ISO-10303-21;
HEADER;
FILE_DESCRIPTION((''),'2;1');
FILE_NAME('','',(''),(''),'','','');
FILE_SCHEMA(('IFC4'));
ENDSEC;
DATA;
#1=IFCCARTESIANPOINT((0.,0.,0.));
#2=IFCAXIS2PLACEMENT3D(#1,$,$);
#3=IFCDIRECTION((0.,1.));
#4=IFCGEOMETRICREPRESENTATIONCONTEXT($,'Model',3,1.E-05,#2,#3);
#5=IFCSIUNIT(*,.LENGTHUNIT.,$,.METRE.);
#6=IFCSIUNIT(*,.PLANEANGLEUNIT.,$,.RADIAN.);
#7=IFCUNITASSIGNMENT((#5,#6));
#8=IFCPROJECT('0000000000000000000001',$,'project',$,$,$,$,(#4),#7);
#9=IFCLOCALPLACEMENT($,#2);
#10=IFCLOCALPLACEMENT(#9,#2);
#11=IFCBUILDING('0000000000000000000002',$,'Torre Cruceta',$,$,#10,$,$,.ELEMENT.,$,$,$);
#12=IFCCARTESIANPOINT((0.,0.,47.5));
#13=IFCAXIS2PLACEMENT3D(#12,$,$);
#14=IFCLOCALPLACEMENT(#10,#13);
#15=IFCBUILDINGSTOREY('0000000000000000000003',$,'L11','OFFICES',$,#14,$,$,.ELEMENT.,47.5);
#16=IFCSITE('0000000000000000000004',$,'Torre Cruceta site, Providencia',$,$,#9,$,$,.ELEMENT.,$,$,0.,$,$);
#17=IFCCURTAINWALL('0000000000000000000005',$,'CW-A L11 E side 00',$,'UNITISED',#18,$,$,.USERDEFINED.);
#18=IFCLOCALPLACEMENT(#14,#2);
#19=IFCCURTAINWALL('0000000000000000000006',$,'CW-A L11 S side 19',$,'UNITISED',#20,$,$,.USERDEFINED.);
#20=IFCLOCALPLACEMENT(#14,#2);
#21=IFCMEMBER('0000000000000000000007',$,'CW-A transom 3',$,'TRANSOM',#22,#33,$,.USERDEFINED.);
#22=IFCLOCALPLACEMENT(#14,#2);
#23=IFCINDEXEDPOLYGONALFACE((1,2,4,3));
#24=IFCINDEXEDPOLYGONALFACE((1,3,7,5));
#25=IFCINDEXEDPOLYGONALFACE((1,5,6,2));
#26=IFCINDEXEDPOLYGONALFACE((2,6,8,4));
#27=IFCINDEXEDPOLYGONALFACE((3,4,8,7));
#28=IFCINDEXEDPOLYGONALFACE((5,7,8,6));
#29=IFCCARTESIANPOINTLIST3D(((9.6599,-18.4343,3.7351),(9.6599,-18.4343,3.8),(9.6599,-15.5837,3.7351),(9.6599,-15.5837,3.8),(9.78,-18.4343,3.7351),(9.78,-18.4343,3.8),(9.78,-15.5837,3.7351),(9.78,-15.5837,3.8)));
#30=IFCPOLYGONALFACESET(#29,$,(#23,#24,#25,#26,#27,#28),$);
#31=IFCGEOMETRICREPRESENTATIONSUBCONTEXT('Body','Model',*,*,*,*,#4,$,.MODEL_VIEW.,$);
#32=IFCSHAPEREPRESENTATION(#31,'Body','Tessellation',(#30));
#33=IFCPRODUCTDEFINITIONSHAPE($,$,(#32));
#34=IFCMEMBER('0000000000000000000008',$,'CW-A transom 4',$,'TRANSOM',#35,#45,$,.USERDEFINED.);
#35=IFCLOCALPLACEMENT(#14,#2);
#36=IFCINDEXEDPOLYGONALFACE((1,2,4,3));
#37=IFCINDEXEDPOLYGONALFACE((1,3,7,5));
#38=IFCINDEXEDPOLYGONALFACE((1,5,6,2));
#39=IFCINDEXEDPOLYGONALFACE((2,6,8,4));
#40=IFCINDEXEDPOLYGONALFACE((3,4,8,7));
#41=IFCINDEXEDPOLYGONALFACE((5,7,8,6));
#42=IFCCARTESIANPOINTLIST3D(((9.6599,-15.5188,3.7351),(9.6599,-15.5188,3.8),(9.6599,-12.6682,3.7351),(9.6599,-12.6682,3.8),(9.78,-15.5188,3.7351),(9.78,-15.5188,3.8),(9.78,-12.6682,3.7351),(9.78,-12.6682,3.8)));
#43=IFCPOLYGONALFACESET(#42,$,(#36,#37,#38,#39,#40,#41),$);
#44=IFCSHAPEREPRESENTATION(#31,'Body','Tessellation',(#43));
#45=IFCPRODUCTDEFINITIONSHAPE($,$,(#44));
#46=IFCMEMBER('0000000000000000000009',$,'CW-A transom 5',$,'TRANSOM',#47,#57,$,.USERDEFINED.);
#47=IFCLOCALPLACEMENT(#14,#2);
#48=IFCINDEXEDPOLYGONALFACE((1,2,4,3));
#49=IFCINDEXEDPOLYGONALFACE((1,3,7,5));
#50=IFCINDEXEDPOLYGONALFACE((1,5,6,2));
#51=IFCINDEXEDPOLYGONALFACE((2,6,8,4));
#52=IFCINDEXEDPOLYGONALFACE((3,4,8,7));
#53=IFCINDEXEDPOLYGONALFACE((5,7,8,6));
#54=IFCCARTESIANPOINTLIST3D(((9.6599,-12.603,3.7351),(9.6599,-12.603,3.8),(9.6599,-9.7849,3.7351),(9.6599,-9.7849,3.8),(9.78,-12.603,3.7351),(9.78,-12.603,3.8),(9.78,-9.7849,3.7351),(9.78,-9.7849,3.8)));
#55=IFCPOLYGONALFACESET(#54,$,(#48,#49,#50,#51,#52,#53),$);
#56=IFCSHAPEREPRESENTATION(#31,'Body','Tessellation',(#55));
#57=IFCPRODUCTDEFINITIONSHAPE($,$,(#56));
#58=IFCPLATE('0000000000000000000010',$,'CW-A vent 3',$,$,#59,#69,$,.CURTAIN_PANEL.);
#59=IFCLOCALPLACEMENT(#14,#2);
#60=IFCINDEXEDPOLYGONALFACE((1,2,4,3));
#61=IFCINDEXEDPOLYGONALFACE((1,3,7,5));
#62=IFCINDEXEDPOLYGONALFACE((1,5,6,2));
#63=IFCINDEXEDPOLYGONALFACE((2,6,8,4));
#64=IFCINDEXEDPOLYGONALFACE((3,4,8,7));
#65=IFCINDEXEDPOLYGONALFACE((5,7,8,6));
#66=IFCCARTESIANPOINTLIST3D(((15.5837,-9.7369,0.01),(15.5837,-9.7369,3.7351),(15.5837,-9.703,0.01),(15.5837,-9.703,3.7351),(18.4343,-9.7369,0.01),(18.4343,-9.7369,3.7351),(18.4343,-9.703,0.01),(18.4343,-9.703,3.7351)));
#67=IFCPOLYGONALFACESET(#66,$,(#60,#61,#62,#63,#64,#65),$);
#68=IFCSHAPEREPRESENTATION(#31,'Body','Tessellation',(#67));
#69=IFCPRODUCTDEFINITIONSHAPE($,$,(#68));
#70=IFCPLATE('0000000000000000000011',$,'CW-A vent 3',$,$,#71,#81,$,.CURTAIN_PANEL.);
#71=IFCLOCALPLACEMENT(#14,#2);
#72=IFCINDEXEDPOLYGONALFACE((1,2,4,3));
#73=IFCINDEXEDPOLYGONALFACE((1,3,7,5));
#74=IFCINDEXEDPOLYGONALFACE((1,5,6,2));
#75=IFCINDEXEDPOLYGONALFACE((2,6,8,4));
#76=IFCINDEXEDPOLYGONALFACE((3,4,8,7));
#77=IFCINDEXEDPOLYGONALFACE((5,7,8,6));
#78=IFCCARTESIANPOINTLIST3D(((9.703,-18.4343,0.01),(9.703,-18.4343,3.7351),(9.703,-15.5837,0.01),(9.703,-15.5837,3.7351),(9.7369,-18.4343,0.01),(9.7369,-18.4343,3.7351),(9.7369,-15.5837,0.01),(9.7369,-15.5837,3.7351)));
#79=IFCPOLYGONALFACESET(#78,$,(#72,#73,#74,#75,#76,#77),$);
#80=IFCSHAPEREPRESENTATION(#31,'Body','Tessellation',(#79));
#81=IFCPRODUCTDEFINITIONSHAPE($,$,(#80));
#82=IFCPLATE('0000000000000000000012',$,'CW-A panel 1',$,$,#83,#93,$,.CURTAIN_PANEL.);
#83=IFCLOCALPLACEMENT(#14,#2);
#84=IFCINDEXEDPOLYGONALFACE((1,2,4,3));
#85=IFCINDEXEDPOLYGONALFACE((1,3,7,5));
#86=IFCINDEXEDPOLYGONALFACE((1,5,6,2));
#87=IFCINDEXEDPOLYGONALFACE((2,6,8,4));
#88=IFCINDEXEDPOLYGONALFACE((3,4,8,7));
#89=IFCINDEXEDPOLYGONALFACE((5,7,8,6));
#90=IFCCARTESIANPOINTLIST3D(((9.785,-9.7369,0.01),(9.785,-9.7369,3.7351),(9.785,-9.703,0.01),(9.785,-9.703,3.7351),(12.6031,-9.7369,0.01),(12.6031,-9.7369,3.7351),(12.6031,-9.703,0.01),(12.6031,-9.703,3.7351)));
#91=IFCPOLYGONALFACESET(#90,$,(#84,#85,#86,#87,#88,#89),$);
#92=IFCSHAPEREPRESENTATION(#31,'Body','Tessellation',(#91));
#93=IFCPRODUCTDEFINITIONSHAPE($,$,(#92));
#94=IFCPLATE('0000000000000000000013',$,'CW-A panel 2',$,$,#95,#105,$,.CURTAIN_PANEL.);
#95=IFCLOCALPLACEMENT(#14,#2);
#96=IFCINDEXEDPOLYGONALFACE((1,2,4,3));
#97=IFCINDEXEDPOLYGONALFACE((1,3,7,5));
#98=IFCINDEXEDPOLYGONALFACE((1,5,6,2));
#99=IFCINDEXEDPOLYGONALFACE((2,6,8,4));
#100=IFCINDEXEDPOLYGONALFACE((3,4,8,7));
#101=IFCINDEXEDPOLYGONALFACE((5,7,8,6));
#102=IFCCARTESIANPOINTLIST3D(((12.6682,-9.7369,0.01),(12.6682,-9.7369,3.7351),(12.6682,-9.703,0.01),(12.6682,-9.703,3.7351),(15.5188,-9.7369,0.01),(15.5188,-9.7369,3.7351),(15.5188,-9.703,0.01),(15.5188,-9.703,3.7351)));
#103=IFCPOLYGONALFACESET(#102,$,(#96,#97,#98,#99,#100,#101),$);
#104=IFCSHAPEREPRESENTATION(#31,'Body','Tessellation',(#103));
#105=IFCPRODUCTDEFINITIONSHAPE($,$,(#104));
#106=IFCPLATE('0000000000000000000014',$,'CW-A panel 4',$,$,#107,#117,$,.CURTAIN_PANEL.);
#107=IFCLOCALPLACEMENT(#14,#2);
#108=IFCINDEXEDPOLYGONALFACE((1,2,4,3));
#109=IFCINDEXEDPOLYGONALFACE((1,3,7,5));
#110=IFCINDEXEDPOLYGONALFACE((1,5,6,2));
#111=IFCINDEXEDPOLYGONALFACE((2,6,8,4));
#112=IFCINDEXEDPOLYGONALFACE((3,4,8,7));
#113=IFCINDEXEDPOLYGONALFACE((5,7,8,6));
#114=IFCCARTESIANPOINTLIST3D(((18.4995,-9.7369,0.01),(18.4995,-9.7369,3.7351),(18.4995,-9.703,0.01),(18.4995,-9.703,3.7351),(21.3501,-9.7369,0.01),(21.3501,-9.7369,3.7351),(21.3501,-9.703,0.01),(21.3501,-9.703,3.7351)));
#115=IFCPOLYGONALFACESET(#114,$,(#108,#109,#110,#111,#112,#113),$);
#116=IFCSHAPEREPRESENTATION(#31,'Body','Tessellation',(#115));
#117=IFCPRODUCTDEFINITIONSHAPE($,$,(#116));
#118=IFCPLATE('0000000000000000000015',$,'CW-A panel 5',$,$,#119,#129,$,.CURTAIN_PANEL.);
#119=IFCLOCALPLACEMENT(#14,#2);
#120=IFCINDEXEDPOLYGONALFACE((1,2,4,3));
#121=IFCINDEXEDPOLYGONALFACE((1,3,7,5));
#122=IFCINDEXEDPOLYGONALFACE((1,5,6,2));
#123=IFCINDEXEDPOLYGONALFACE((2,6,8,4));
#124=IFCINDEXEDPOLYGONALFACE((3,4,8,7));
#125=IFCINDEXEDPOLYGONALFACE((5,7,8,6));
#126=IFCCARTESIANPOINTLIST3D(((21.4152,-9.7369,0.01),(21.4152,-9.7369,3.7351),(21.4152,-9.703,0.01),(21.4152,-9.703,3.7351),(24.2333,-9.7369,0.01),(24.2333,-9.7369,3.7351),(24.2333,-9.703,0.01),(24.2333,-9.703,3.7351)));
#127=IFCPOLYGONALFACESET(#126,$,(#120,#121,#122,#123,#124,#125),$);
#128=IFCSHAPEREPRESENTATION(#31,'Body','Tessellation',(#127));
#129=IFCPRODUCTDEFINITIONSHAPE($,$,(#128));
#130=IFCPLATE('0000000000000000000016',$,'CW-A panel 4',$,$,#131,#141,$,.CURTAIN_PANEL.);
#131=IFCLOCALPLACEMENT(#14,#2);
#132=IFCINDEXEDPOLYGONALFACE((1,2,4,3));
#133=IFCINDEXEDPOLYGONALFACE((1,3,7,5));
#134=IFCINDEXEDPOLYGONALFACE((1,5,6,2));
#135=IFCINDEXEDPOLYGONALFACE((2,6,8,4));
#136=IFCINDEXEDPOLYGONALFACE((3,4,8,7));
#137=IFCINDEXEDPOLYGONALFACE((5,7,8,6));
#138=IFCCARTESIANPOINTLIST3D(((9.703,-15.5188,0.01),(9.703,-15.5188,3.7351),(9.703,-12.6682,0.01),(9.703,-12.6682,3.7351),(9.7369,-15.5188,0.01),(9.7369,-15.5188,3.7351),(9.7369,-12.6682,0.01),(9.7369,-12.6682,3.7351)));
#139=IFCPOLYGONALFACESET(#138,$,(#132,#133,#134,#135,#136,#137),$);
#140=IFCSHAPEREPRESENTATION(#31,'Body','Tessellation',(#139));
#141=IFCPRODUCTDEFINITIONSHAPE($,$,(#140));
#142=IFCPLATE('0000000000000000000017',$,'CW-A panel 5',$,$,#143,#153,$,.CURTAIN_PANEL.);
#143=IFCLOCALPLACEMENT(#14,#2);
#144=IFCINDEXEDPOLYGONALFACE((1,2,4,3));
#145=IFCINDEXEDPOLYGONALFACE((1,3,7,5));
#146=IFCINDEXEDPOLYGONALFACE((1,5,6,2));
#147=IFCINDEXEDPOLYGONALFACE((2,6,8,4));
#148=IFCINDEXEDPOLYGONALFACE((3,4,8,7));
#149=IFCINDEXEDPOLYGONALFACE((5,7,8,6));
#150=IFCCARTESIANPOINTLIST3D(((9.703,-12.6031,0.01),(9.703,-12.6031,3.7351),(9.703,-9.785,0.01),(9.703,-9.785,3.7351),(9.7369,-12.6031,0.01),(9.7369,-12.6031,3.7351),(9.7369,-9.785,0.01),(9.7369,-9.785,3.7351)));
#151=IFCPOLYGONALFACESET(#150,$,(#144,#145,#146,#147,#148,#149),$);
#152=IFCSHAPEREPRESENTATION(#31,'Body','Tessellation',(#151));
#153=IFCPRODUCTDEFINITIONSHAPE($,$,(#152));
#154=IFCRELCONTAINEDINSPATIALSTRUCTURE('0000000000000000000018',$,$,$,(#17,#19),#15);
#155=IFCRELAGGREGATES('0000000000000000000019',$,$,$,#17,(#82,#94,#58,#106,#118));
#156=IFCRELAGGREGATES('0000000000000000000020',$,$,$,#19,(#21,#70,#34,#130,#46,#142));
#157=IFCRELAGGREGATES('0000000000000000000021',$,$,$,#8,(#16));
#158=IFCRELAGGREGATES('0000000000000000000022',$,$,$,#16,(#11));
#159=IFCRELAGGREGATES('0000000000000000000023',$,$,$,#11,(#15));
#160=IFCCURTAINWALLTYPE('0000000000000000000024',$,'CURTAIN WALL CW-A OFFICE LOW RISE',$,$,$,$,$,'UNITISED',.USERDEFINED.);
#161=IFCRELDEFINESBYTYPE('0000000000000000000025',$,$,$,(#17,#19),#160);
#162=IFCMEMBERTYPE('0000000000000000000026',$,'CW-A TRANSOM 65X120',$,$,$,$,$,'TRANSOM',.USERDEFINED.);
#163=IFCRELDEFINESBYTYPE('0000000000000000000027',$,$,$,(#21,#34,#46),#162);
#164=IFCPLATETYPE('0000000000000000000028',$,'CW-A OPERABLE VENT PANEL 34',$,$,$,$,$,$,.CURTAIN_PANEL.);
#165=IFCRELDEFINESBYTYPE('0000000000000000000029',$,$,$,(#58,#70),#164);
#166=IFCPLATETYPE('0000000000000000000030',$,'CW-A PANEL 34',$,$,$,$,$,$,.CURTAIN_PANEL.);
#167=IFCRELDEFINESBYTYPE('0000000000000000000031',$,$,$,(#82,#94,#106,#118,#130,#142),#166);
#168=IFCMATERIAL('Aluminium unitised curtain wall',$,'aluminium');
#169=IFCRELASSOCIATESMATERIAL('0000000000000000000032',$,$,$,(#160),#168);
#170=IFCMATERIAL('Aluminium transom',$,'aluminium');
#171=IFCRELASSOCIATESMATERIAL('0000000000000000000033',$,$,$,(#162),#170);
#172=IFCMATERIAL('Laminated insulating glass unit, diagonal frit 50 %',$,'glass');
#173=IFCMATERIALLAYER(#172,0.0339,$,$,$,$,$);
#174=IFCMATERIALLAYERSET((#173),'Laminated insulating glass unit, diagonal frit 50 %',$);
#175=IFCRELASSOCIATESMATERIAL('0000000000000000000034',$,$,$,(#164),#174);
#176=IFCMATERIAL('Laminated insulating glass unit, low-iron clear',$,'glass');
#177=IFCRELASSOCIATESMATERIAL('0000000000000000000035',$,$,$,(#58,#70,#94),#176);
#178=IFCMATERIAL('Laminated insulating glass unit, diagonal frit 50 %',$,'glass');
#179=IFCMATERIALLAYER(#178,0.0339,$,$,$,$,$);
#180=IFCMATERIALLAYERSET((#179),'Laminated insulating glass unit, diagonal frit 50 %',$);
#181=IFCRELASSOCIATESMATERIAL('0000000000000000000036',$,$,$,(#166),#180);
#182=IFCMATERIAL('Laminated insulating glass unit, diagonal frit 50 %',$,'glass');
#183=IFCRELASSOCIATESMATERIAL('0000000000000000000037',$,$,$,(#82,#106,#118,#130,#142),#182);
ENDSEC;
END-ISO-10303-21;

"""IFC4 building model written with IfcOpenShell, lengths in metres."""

from ifc_helpers import new_model, si_unit, direction, frame, origin, origin_2d, place, context, subcontext, project, spatial, rectangle, extrude, material, layer, layer_set, material_profile, profile_set, type_object, element, aggregate, save


model = new_model("IFC4")

# Units and contexts
model_context = context("Model", 3, precision=1e-05, world=origin(), true_north=direction((0.0, 1.0)))
body_context = subcontext(model_context, "Body", "Model", "MODEL_VIEW")
ifc_project = project(units=[si_unit("LENGTHUNIT", "METRE"), si_unit("PLANEANGLEUNIT", "RADIAN")], contexts=[model_context])

# Site, building, storey
site_placement = place(None, origin())
site = spatial("IfcSite", under=ifc_project, at=site_placement, Name="Torre Cruceta site, Providencia", CompositionType="ELEMENT", RefElevation=0.0)
building_placement = place(site_placement, origin())
building = spatial("IfcBuilding", under=site, at=building_placement, Name="Torre Cruceta", CompositionType="ELEMENT")
storey_placement = place(building_placement, frame((0.0, 0.0, 47.5)))
storey = spatial("IfcBuildingStorey", under=building, at=storey_placement, Name="L11", Description="OFFICES", CompositionType="ELEMENT", Elevation=47.5)

# Curtain walls
ifc_material_1 = material(Name="Aluminium unitised curtain wall", Category="aluminium")
curtain_wall_type = type_object("IfcCurtainWallType", Name="CURTAIN WALL CW-A OFFICE LOW RISE", ElementType="UNITISED", PredefinedType="USERDEFINED", material=ifc_material_1)
curtain_wall_1_placement = place(storey_placement, origin())
curtain_wall_1 = element("IfcCurtainWall", 1, at=curtain_wall_1_placement, inside=storey, type_object=curtain_wall_type, Name="CW-A L11 E side 00", ObjectType="UNITISED", PredefinedType="USERDEFINED")
curtain_wall_2_placement = place(storey_placement, origin())
curtain_wall_2 = element("IfcCurtainWall", 2, at=curtain_wall_2_placement, inside=storey, type_object=curtain_wall_type, Name="CW-A L11 S side 19", ObjectType="UNITISED", PredefinedType="USERDEFINED")

# Members
ifc_material_2 = material(Name="Aluminium transom", Category="aluminium")
ifc_material_profile_1 = material_profile(ifc_material_2, rectangle(XDim=0.1201, YDim=0.0649, at=origin_2d()), Name="AL 120X65")
ifc_profile_set_1 = profile_set([ifc_material_profile_1], Name="Aluminium transom")
member_type_1 = type_object("IfcMemberType", Name="CW-A TRANSOM 65X120", ElementType="TRANSOM", PredefinedType="USERDEFINED", material=ifc_profile_set_1)
member_1_placement = place(storey_placement, frame((9.72, -18.4343, 3.7676), z_axis=(0.0, 1.0, 0.0), x_axis=(-1.0, 0.0, 0.0)))
member_1 = element("IfcMember", 3, at=member_1_placement, type_object=member_type_1, Name="CW-A transom 3", ObjectType="TRANSOM", PredefinedType="USERDEFINED", context=body_context, shape_type="SweptSolid", body=[
    extrude(rectangle(XDim=0.1201, YDim=0.0649, at=origin_2d()), origin(), (0.0, 0.0, 1.0), 2.8506),
])
member_2_placement = place(storey_placement, frame((9.72, -15.5188, 3.7676), z_axis=(0.0, 1.0, 0.0), x_axis=(-1.0, 0.0, 0.0)))
member_2 = element("IfcMember", 4, at=member_2_placement, type_object=member_type_1, Name="CW-A transom 4", ObjectType="TRANSOM", PredefinedType="USERDEFINED", context=body_context, shape_type="SweptSolid", body=[
    extrude(rectangle(XDim=0.1201, YDim=0.0649, at=origin_2d()), origin(), (0.0, 0.0, 1.0), 2.8506),
])
member_3_placement = place(storey_placement, frame((9.72, -12.603, 3.7676), z_axis=(0.0, 1.0, 0.0), x_axis=(-1.0, 0.0, 0.0)))
member_3 = element("IfcMember", 5, at=member_3_placement, type_object=member_type_1, Name="CW-A transom 5", ObjectType="TRANSOM", PredefinedType="USERDEFINED", context=body_context, shape_type="SweptSolid", body=[
    extrude(rectangle(XDim=0.1201, YDim=0.0649, at=origin_2d()), origin(), (0.0, 0.0, 1.0), 2.8181),
])

# Plates
ifc_material_3 = material(Name="Laminated insulating glass unit, low-iron clear", Category="glass")
ifc_material_4 = material(Name="Laminated insulating glass unit, diagonal frit 50 %", Category="glass")
ifc_layer_1 = layer(ifc_material_4, 0.0339)
ifc_layer_set_1 = layer_set([ifc_layer_1], Name="Laminated insulating glass unit, diagonal frit 50 %")
plate_type_1 = type_object("IfcPlateType", Name="CW-A OPERABLE VENT PANEL 34", PredefinedType="CURTAIN_PANEL", material=ifc_layer_set_1)
plate_1_placement = place(storey_placement, frame((17.009, -9.72, 0.01), z_axis=(0.0, 0.0, 1.0), x_axis=(1.0, 0.0, 0.0)))
plate_1 = element("IfcPlate", 6, at=plate_1_placement, type_object=plate_type_1, material=ifc_material_3, Name="CW-A vent 3", PredefinedType="CURTAIN_PANEL", context=body_context, shape_type="SweptSolid", body=[
    extrude(rectangle(XDim=2.8506, YDim=0.0339, at=origin_2d()), origin(), (0.0, 0.0, 1.0), 3.7251),
])
plate_2_placement = place(storey_placement, frame((9.72, -17.009, 0.01), z_axis=(0.0, 0.0, 1.0), x_axis=(0.0, 1.0, 0.0)))
plate_2 = element("IfcPlate", 7, at=plate_2_placement, type_object=plate_type_1, material=ifc_material_3, Name="CW-A vent 3", PredefinedType="CURTAIN_PANEL", context=body_context, shape_type="SweptSolid", body=[
    extrude(rectangle(XDim=2.8506, YDim=0.0339, at=origin_2d()), origin(), (0.0, 0.0, 1.0), 3.7251),
])
ifc_material_5 = material(Name="Laminated insulating glass unit, diagonal frit 50 %", Category="glass")
ifc_material_6 = material(Name="Laminated insulating glass unit, diagonal frit 50 %", Category="glass")
ifc_layer_2 = layer(ifc_material_6, 0.0339)
ifc_layer_set_2 = layer_set([ifc_layer_2], Name="Laminated insulating glass unit, diagonal frit 50 %")
plate_type_2 = type_object("IfcPlateType", Name="CW-A PANEL 34", PredefinedType="CURTAIN_PANEL", material=ifc_layer_set_2)
plate_3_placement = place(storey_placement, frame((11.1941, -9.72, 0.01), z_axis=(0.0, 0.0, 1.0), x_axis=(1.0, 0.0, 0.0)))
plate_3 = element("IfcPlate", 8, at=plate_3_placement, type_object=plate_type_2, material=ifc_material_5, Name="CW-A panel 1", PredefinedType="CURTAIN_PANEL", context=body_context, shape_type="SweptSolid", body=[
    extrude(rectangle(XDim=2.8181, YDim=0.0339, at=origin_2d()), origin(), (0.0, 0.0, 1.0), 3.7251),
])
plate_4_placement = place(storey_placement, frame((14.0935, -9.72, 0.01), z_axis=(0.0, 0.0, 1.0), x_axis=(1.0, 0.0, 0.0)))
plate_4 = element("IfcPlate", 9, at=plate_4_placement, type_object=plate_type_2, material=ifc_material_3, Name="CW-A panel 2", PredefinedType="CURTAIN_PANEL", context=body_context, shape_type="SweptSolid", body=[
    extrude(rectangle(XDim=2.8506, YDim=0.0339, at=origin_2d()), origin(), (0.0, 0.0, 1.0), 3.7251),
])
plate_5_placement = place(storey_placement, frame((19.9248, -9.72, 0.01), z_axis=(0.0, 0.0, 1.0), x_axis=(1.0, 0.0, 0.0)))
plate_5 = element("IfcPlate", 10, at=plate_5_placement, type_object=plate_type_2, material=ifc_material_5, Name="CW-A panel 4", PredefinedType="CURTAIN_PANEL", context=body_context, shape_type="SweptSolid", body=[
    extrude(rectangle(XDim=2.8506, YDim=0.0339, at=origin_2d()), origin(), (0.0, 0.0, 1.0), 3.7251),
])
plate_6_placement = place(storey_placement, frame((22.8242, -9.72, 0.01), z_axis=(0.0, 0.0, 1.0), x_axis=(1.0, 0.0, 0.0)))
plate_6 = element("IfcPlate", 11, at=plate_6_placement, type_object=plate_type_2, material=ifc_material_5, Name="CW-A panel 5", PredefinedType="CURTAIN_PANEL", context=body_context, shape_type="SweptSolid", body=[
    extrude(rectangle(XDim=2.8181, YDim=0.0339, at=origin_2d()), origin(), (0.0, 0.0, 1.0), 3.7251),
])
aggregate(curtain_wall_1, [plate_3, plate_4, plate_1, plate_5, plate_6])
plate_7_placement = place(storey_placement, frame((9.72, -14.0935, 0.01), z_axis=(0.0, 0.0, 1.0), x_axis=(0.0, 1.0, 0.0)))
plate_7 = element("IfcPlate", 12, at=plate_7_placement, type_object=plate_type_2, material=ifc_material_5, Name="CW-A panel 4", PredefinedType="CURTAIN_PANEL", context=body_context, shape_type="SweptSolid", body=[
    extrude(rectangle(XDim=2.8506, YDim=0.0339, at=origin_2d()), origin(), (0.0, 0.0, 1.0), 3.7251),
])
plate_8_placement = place(storey_placement, frame((9.72, -11.1941, 0.01), z_axis=(0.0, 0.0, 1.0), x_axis=(0.0, 1.0, 0.0)))
plate_8 = element("IfcPlate", 13, at=plate_8_placement, type_object=plate_type_2, material=ifc_material_5, Name="CW-A panel 5", PredefinedType="CURTAIN_PANEL", context=body_context, shape_type="SweptSolid", body=[
    extrude(rectangle(XDim=2.8181, YDim=0.0339, at=origin_2d()), origin(), (0.0, 0.0, 1.0), 3.7251),
])
aggregate(curtain_wall_2, [member_1, plate_2, member_2, plate_7, member_3, plate_8])

save(model, "model.ifc")
